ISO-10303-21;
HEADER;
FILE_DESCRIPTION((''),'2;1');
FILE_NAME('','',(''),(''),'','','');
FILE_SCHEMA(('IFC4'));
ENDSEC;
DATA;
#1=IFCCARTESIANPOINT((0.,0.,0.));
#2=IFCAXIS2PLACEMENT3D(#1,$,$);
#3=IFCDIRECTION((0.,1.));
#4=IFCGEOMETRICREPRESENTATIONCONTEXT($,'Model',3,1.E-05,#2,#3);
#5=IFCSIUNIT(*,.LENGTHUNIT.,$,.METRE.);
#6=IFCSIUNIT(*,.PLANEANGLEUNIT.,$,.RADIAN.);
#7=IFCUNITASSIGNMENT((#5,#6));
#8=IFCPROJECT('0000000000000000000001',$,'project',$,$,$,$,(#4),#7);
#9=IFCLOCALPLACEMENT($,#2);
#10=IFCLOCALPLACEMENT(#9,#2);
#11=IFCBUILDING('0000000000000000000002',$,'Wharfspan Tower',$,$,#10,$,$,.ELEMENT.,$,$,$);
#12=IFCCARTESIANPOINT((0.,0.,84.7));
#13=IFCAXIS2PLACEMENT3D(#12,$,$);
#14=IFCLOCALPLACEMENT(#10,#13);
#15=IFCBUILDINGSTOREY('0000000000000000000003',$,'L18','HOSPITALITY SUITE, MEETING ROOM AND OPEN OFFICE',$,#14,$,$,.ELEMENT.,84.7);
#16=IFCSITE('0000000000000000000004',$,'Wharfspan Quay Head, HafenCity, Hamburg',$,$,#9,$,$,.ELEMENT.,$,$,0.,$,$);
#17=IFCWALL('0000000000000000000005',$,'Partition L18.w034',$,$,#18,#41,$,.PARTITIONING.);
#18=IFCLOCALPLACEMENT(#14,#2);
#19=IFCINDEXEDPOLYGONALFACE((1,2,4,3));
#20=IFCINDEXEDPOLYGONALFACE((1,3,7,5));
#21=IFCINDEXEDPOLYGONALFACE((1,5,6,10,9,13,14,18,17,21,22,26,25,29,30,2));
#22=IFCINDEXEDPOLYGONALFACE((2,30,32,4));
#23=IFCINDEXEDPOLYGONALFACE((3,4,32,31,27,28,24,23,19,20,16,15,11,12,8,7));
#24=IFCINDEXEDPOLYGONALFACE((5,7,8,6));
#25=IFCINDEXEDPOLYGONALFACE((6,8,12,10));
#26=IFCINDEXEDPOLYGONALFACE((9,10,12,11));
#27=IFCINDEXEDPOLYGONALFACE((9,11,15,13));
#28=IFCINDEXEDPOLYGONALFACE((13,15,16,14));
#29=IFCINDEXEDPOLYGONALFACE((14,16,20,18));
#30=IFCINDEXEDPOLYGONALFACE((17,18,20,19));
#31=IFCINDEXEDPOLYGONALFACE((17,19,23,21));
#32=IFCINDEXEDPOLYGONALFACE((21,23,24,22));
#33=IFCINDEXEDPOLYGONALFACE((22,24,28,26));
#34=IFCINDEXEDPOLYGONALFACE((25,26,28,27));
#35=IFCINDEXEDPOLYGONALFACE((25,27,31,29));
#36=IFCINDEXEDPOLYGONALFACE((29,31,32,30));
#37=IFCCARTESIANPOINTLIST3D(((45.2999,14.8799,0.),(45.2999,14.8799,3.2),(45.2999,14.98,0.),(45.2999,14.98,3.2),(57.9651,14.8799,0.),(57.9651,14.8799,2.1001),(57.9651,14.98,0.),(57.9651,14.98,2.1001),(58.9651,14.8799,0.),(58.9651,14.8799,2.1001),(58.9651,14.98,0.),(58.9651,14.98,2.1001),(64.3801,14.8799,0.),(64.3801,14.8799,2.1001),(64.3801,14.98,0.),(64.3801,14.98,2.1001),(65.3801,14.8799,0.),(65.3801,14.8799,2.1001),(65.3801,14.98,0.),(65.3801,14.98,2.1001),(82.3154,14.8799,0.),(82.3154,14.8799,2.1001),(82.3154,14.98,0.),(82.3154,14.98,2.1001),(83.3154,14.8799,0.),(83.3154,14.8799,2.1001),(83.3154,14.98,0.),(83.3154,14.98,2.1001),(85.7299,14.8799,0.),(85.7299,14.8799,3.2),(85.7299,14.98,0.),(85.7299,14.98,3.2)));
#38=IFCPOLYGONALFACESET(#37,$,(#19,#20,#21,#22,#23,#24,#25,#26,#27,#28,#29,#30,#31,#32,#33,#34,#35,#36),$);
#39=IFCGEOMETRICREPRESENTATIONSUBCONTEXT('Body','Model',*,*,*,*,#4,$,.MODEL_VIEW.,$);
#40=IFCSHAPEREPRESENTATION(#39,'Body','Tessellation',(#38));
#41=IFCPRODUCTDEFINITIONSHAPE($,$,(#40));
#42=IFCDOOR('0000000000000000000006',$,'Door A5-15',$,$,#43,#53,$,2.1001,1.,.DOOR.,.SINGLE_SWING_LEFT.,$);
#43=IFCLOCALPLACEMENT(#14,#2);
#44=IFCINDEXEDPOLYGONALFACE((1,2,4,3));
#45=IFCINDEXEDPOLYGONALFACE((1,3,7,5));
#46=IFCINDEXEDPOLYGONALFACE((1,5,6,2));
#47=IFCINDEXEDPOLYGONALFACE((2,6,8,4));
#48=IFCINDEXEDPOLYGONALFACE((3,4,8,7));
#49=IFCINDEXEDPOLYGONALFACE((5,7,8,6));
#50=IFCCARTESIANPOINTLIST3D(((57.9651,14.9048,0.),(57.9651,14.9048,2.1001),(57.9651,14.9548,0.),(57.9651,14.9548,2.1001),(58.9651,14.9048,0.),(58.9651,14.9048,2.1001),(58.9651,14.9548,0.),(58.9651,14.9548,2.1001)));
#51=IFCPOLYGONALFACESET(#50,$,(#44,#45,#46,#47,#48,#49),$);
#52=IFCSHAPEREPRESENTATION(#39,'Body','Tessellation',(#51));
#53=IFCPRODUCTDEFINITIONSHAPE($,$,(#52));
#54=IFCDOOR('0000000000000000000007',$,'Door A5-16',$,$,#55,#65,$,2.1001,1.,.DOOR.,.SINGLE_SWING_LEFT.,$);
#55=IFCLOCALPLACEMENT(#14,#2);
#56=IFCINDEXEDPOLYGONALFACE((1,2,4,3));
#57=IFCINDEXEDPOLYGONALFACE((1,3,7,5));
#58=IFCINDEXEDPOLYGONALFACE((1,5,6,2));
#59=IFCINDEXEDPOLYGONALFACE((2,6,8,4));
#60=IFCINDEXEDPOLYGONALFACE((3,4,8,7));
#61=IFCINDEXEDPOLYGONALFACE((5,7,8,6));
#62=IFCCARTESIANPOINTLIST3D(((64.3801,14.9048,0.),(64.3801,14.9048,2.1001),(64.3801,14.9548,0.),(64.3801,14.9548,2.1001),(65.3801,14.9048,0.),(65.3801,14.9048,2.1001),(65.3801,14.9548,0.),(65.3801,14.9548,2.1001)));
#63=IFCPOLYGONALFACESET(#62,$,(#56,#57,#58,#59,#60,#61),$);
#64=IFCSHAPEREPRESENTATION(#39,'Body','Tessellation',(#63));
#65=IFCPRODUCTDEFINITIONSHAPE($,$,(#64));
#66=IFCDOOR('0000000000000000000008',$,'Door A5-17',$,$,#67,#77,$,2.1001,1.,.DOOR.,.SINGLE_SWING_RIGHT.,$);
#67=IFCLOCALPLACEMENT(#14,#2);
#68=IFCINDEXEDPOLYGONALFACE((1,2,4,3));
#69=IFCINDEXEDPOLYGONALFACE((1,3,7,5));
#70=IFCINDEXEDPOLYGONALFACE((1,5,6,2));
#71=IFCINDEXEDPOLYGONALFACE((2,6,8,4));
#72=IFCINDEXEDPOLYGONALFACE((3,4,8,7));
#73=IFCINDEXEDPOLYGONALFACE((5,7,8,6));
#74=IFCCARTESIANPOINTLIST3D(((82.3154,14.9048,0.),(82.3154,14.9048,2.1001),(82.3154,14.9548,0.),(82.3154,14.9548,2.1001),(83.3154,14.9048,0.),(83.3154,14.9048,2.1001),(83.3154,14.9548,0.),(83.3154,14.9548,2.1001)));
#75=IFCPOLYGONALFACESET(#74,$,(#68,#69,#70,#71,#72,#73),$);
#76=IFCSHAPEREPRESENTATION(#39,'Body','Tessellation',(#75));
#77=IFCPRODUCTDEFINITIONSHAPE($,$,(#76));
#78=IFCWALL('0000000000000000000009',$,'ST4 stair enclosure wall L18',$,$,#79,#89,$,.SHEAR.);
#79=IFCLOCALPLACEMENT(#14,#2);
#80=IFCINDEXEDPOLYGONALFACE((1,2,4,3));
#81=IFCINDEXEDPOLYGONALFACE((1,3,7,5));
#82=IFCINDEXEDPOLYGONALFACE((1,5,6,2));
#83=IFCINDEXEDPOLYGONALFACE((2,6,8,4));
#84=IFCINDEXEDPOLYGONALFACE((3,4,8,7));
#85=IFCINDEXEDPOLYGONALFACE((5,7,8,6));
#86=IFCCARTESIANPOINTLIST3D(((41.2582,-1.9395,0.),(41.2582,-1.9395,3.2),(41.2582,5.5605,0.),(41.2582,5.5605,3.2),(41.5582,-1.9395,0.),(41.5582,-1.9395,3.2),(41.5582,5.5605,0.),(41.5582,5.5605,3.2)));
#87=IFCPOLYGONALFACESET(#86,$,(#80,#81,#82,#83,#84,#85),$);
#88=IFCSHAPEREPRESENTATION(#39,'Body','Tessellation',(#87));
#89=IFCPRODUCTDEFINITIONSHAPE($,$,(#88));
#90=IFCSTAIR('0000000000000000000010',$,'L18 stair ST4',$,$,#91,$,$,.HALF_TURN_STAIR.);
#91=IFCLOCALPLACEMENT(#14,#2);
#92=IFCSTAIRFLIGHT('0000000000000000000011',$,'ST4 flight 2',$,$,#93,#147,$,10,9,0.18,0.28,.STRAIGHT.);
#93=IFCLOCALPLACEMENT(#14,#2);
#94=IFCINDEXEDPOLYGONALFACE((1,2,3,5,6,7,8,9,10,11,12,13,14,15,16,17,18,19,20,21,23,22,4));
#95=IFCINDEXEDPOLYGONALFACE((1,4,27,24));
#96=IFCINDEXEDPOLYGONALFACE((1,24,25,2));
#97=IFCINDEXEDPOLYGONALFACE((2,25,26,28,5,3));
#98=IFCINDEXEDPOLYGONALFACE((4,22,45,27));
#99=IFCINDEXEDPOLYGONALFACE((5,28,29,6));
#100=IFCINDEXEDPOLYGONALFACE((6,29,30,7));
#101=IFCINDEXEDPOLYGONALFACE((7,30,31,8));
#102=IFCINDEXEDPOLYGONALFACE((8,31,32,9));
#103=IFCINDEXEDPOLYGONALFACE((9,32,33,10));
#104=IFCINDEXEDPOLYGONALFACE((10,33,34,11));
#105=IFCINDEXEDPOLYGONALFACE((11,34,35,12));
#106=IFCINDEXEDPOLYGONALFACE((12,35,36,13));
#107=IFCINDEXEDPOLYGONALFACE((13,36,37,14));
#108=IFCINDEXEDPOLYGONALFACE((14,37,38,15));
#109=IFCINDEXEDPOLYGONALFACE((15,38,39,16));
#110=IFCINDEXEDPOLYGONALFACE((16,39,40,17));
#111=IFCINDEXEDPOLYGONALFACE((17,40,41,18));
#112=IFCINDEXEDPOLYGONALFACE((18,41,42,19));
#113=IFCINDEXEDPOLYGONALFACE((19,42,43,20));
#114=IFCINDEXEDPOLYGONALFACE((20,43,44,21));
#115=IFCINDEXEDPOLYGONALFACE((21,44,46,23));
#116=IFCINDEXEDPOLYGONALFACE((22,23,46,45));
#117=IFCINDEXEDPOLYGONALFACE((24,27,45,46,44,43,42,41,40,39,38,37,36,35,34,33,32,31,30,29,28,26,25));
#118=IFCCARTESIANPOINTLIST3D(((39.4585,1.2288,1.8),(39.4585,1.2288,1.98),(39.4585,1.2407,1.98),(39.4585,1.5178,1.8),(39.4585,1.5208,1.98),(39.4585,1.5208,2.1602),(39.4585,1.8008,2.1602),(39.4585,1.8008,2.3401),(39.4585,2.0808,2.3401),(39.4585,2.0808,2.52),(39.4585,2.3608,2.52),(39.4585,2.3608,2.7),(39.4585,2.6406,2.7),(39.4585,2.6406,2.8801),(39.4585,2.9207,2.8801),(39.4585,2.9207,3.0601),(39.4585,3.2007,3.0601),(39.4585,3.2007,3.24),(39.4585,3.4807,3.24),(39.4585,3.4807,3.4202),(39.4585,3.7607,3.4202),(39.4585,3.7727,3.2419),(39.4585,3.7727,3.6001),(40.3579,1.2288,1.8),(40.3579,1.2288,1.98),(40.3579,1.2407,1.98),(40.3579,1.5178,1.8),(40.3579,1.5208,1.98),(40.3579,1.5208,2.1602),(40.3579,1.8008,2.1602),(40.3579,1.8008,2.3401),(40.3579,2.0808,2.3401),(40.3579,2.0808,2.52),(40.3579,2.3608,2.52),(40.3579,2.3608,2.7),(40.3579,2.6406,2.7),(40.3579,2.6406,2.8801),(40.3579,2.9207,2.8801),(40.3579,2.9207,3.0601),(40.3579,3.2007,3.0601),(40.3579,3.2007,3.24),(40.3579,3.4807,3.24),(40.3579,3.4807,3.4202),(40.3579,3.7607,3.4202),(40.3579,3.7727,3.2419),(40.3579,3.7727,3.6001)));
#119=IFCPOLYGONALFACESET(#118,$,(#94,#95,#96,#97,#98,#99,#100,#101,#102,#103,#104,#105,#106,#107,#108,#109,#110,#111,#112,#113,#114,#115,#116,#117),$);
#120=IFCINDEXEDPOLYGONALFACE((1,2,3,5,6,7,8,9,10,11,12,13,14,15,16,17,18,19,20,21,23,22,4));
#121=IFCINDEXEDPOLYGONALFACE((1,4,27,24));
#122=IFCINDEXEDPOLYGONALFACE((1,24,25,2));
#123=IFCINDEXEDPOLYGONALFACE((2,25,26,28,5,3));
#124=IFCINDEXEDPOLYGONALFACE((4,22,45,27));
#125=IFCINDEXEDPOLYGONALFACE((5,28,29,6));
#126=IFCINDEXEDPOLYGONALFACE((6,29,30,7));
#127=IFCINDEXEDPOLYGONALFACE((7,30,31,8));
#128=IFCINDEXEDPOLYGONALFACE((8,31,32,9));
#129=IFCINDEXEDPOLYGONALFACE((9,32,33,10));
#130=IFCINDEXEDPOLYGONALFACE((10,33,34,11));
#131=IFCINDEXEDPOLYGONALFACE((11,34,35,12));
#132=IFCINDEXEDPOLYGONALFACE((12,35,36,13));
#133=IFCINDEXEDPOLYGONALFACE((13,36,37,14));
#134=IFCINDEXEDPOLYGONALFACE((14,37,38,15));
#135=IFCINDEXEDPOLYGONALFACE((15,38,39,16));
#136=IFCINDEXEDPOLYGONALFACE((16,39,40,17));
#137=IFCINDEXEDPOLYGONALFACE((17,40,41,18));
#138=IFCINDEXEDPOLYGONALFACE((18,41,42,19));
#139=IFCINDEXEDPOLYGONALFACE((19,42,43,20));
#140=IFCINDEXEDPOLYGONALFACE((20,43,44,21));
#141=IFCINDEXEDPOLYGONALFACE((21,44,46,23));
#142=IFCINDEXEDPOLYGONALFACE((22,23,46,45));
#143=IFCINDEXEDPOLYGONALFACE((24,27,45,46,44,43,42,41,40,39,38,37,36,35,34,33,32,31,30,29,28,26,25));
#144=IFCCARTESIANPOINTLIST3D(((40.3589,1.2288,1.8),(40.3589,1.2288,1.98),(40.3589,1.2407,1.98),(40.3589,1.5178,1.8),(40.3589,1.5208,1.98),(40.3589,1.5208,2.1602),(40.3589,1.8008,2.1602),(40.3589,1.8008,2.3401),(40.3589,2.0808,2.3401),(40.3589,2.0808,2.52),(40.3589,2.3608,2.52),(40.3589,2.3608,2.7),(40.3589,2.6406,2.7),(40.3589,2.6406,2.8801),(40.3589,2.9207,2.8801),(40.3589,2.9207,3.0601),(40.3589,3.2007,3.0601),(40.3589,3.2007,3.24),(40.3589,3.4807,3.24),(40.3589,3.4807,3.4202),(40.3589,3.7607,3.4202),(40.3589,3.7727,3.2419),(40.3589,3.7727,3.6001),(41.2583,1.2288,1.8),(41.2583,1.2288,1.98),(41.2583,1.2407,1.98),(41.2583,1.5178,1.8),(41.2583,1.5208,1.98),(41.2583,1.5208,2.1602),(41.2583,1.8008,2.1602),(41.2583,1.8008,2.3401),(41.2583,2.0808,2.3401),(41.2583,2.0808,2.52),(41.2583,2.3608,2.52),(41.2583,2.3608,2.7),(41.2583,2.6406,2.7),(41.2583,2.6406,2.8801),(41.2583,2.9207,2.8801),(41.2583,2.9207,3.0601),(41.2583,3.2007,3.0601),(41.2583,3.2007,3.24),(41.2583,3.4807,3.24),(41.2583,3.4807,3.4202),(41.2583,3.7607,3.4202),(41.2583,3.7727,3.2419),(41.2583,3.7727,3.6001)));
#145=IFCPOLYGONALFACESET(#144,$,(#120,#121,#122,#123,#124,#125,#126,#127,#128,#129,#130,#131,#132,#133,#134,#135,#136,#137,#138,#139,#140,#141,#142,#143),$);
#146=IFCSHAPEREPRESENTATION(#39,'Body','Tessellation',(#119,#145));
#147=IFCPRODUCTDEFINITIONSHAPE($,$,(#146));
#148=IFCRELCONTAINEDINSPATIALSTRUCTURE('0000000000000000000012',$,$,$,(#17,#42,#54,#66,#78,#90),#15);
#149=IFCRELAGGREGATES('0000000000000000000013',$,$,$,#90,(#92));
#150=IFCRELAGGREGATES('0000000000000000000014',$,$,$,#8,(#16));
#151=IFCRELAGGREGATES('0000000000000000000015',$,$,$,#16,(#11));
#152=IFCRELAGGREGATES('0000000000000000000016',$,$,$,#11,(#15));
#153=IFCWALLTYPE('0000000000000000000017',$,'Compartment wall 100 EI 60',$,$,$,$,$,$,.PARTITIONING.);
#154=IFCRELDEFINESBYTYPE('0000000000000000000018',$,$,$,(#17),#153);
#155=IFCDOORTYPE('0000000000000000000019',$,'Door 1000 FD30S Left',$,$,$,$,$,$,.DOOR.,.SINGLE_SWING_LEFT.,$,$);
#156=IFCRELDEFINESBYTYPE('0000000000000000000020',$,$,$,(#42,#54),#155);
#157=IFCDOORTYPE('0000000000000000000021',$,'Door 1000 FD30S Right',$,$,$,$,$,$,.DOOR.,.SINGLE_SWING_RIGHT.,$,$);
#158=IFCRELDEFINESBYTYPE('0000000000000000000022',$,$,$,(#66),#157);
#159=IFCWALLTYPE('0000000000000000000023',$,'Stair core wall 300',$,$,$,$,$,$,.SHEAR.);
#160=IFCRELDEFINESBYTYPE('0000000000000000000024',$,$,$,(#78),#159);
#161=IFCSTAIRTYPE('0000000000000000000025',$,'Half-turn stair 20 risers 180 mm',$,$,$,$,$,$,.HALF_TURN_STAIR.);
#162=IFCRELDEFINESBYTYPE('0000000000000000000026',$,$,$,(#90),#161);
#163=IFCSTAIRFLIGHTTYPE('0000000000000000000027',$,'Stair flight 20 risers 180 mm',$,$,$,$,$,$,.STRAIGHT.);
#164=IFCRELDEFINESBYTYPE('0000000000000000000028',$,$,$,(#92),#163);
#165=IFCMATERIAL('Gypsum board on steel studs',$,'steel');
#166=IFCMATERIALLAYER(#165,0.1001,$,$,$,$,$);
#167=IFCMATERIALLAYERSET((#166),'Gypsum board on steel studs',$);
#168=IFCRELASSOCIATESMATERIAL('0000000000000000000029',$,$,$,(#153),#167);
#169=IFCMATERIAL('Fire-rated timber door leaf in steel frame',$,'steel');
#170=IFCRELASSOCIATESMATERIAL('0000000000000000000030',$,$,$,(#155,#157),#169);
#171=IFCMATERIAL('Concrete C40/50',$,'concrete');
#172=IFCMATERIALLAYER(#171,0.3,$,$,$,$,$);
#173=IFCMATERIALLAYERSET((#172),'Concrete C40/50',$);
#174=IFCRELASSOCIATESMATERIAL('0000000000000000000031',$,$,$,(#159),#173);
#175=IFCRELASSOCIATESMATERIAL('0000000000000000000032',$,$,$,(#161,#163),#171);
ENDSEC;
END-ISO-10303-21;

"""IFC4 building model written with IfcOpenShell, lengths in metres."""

from ifc_helpers import new_model, si_unit, direction, frame, frame_2d, origin, place, context, subcontext, project, spatial, polyline, rectangle, outline, extrude, material, layer, layer_set, type_object, element, fill, aggregate, save


model = new_model("IFC4")

# Units and contexts
model_context = context("Model", 3, precision=1e-05, world=origin(), true_north=direction((0.0, 1.0)))
body_context = subcontext(model_context, "Body", "Model", "MODEL_VIEW")
ifc_project = project(units=[si_unit("LENGTHUNIT", "METRE"), si_unit("PLANEANGLEUNIT", "RADIAN")], contexts=[model_context])

# Site, building, storey
site_placement = place(None, origin())
site = spatial("IfcSite", under=ifc_project, at=site_placement, Name="Wharfspan Quay Head, HafenCity, Hamburg", CompositionType="ELEMENT", RefElevation=0.0)
building_placement = place(site_placement, origin())
building = spatial("IfcBuilding", under=site, at=building_placement, Name="Wharfspan Tower", CompositionType="ELEMENT")
storey_placement = place(building_placement, frame((0.0, 0.0, 84.7)))
storey = spatial("IfcBuildingStorey", under=building, at=storey_placement, Name="L18", Description="HOSPITALITY SUITE, MEETING ROOM AND OPEN OFFICE", CompositionType="ELEMENT", Elevation=84.7)

# Shared definitions
ifc_material_1 = material(Name="Gypsum board on steel studs", Category="steel")
ifc_layer_1 = layer(ifc_material_1, 0.1001)
ifc_layer_set_1 = layer_set([ifc_layer_1], Name="Gypsum board on steel studs")
wall_type_1 = type_object("IfcWallType", Name="Compartment wall 100 EI 60", PredefinedType="PARTITIONING", material=ifc_layer_set_1)

# Shared definitions
ifc_material_2 = material(Name="Fire-rated timber door leaf in steel frame", Category="steel")

# Shared definitions
door_type_1 = type_object("IfcDoorType", Name="Door 1000 FD30S Left", OperationType="SINGLE_SWING_LEFT", PredefinedType="DOOR", material=ifc_material_2)
door_type_2 = type_object("IfcDoorType", Name="Door 1000 FD30S Right", OperationType="SINGLE_SWING_RIGHT", PredefinedType="DOOR", material=ifc_material_2)

# Wall, openings, doors
wall_1_placement = place(storey_placement, frame((45.3, 14.9299, 0.0), z_axis=(0.0, 0.0, 1.0), x_axis=(1.0, 0.0, 0.0)))
wall_1 = element("IfcWall", 1, at=wall_1_placement, inside=storey, type_object=wall_type_1, Name="Partition L18.w034", PredefinedType="PARTITIONING", context=body_context, shape_type="SweptSolid", body=[
    extrude(rectangle(XDim=40.4299, YDim=0.1001, at=frame_2d((20.2148, 0.0))), origin(), (0.0, 0.0, 1.0), 3.2),
])
opening_1_placement = place(wall_1_placement, frame((12.665, 0.0, 0.0)))
opening_1 = element("IfcOpeningElement", 2, at=opening_1_placement, cuts=wall_1, PredefinedType="OPENING", context=body_context, shape_type="SweptSolid", body=[
    extrude(rectangle(XDim=1.0, YDim=2.1001, at=frame_2d((0.5, 1.05))), frame((0.0, 0.0601, 0.0), z_axis=(0.0, -1.0, 0.0), x_axis=(1.0, 0.0, 0.0)), (0.0, 0.0, 1.0), 0.1201),
])
opening_2_placement = place(wall_1_placement, frame((19.0801, 0.0, 0.0)))
opening_2 = element("IfcOpeningElement", 3, at=opening_2_placement, cuts=wall_1, PredefinedType="OPENING", context=body_context, shape_type="SweptSolid", body=[
    extrude(rectangle(XDim=1.0, YDim=2.1001, at=frame_2d((0.5, 1.05))), frame((0.0, 0.0601, 0.0), z_axis=(0.0, -1.0, 0.0), x_axis=(1.0, 0.0, 0.0)), (0.0, 0.0, 1.0), 0.1201),
])
opening_3_placement = place(wall_1_placement, frame((37.0154, 0.0, 0.0)))
opening_3 = element("IfcOpeningElement", 4, at=opening_3_placement, cuts=wall_1, PredefinedType="OPENING", context=body_context, shape_type="SweptSolid", body=[
    extrude(rectangle(XDim=1.0, YDim=2.1001, at=frame_2d((0.5, 1.05))), frame((0.0, 0.0601, 0.0), z_axis=(0.0, -1.0, 0.0), x_axis=(1.0, 0.0, 0.0)), (0.0, 0.0, 1.0), 0.1201),
])
door_1_placement = place(opening_1_placement, origin())
door_1 = element("IfcDoor", 5, at=door_1_placement, inside=storey, type_object=door_type_1, Name="Door A5-15", OperationType="SINGLE_SWING_LEFT", OverallHeight=2.1001, OverallWidth=1.0, PredefinedType="DOOR", context=body_context, shape_type="SweptSolid", body=[
    extrude(rectangle(XDim=1.0, YDim=2.1001, at=frame_2d((0.5, 1.05))), frame((0.0, 0.0249, 0.0), z_axis=(0.0, -1.0, 0.0), x_axis=(1.0, 0.0, 0.0)), (0.0, 0.0, 1.0), 0.05),
])
fill(opening_1, door_1)
door_2_placement = place(opening_2_placement, origin())
door_2 = element("IfcDoor", 6, at=door_2_placement, inside=storey, type_object=door_type_1, Name="Door A5-16", OperationType="SINGLE_SWING_LEFT", OverallHeight=2.1001, OverallWidth=1.0, PredefinedType="DOOR", context=body_context, shape_type="SweptSolid", body=[
    extrude(rectangle(XDim=1.0, YDim=2.1001, at=frame_2d((0.5, 1.05))), frame((0.0, 0.0249, 0.0), z_axis=(0.0, -1.0, 0.0), x_axis=(1.0, 0.0, 0.0)), (0.0, 0.0, 1.0), 0.05),
])
fill(opening_2, door_2)
door_3_placement = place(opening_3_placement, origin())
door_3 = element("IfcDoor", 7, at=door_3_placement, inside=storey, type_object=door_type_2, Name="Door A5-17", OperationType="SINGLE_SWING_RIGHT", OverallHeight=2.1001, OverallWidth=1.0, PredefinedType="DOOR", context=body_context, shape_type="SweptSolid", body=[
    extrude(rectangle(XDim=1.0, YDim=2.1001, at=frame_2d((0.5, 1.05))), frame((0.0, 0.0249, 0.0), z_axis=(0.0, -1.0, 0.0), x_axis=(1.0, 0.0, 0.0)), (0.0, 0.0, 1.0), 0.05),
])
fill(opening_3, door_3)

# Wall
ifc_material_3 = material(Name="Concrete C40/50", Category="concrete")
ifc_layer_2 = layer(ifc_material_3, 0.3)
ifc_layer_set_2 = layer_set([ifc_layer_2], Name="Concrete C40/50")
wall_type_2 = type_object("IfcWallType", Name="Stair core wall 300", PredefinedType="SHEAR", material=ifc_layer_set_2)
wall_2_placement = place(storey_placement, frame((41.4082, -1.9395, 0.0), z_axis=(0.0, 0.0, 1.0), x_axis=(0.0, 1.0, 0.0)))
element("IfcWall", 8, at=wall_2_placement, inside=storey, type_object=wall_type_2, Name="ST4 stair enclosure wall L18", PredefinedType="SHEAR", context=body_context, shape_type="SweptSolid", body=[
    extrude(rectangle(XDim=7.5, YDim=0.3, at=frame_2d((3.75, 0.0))), origin(), (0.0, 0.0, 1.0), 3.2),
])

# Stair, stair flight
stair_type = type_object("IfcStairType", Name="Half-turn stair 20 risers 180 mm", PredefinedType="HALF_TURN_STAIR", material=ifc_material_3)
stair_placement = place(storey_placement, origin())
stair = element("IfcStair", 9, at=stair_placement, inside=storey, type_object=stair_type, Name="L18 stair ST4", PredefinedType="HALF_TURN_STAIR")
stair_flight_type = type_object("IfcStairFlightType", Name="Stair flight 20 risers 180 mm", PredefinedType="STRAIGHT", material=ifc_material_3)
stair_flight_placement = place(storey_placement, frame((40.3584, 1.2407, 1.8), z_axis=(0.0, 0.0, 1.0), x_axis=(0.0, 1.0, 0.0)))
stair_flight = element("IfcStairFlight", 10, at=stair_flight_placement, type_object=stair_flight_type, Name="ST4 flight 2", NumberOfRisers=10, NumberOfTreads=9, PredefinedType="STRAIGHT", RiserHeight=0.18, TreadLength=0.28, context=body_context, shape_type="SweptSolid", body=[
    extrude(outline(polyline([(-0.012, 0.0), (-0.012, 0.1799), (0.0, 0.1799), (0.28, 0.1799), (0.28, 0.3601), (0.5601, 0.3601), (0.5601, 0.54), (0.8401, 0.54), (0.8401, 0.72), (1.1201, 0.72), (1.1201, 0.8999), (1.3999, 0.8999), (1.3999, 1.0801), (1.6799, 1.0801), (1.6799, 1.26), (1.96, 1.26), (1.96, 1.4399), (2.24, 1.4399), (2.24, 1.6201), (2.52, 1.6201), (2.532, 1.8), (2.532, 1.4419), (0.2771, 0.0), (-0.012, 0.0)])), frame((0.0, 0.8999, 0.0), z_axis=(0.0, -1.0, 0.0), x_axis=(1.0, 0.0, 0.0)), (0.0, 0.0, 1.0), 0.8994),
    extrude(outline(polyline([(-0.012, 0.0), (-0.012, 0.1799), (0.0, 0.1799), (0.28, 0.1799), (0.28, 0.3601), (0.5601, 0.3601), (0.5601, 0.54), (0.8401, 0.54), (0.8401, 0.72), (1.1201, 0.72), (1.1201, 0.8999), (1.3999, 0.8999), (1.3999, 1.0801), (1.6799, 1.0801), (1.6799, 1.26), (1.96, 1.26), (1.96, 1.4399), (2.24, 1.4399), (2.24, 1.6201), (2.52, 1.6201), (2.532, 1.8), (2.532, 1.4419), (0.2771, 0.0), (-0.012, 0.0)])), frame((0.0, -0.0005, 0.0), z_axis=(0.0, -1.0, 0.0), x_axis=(1.0, 0.0, 0.0)), (0.0, 0.0, 1.0), 0.8994),
])
aggregate(stair, [stair_flight])

save(model, "model.ifc")
